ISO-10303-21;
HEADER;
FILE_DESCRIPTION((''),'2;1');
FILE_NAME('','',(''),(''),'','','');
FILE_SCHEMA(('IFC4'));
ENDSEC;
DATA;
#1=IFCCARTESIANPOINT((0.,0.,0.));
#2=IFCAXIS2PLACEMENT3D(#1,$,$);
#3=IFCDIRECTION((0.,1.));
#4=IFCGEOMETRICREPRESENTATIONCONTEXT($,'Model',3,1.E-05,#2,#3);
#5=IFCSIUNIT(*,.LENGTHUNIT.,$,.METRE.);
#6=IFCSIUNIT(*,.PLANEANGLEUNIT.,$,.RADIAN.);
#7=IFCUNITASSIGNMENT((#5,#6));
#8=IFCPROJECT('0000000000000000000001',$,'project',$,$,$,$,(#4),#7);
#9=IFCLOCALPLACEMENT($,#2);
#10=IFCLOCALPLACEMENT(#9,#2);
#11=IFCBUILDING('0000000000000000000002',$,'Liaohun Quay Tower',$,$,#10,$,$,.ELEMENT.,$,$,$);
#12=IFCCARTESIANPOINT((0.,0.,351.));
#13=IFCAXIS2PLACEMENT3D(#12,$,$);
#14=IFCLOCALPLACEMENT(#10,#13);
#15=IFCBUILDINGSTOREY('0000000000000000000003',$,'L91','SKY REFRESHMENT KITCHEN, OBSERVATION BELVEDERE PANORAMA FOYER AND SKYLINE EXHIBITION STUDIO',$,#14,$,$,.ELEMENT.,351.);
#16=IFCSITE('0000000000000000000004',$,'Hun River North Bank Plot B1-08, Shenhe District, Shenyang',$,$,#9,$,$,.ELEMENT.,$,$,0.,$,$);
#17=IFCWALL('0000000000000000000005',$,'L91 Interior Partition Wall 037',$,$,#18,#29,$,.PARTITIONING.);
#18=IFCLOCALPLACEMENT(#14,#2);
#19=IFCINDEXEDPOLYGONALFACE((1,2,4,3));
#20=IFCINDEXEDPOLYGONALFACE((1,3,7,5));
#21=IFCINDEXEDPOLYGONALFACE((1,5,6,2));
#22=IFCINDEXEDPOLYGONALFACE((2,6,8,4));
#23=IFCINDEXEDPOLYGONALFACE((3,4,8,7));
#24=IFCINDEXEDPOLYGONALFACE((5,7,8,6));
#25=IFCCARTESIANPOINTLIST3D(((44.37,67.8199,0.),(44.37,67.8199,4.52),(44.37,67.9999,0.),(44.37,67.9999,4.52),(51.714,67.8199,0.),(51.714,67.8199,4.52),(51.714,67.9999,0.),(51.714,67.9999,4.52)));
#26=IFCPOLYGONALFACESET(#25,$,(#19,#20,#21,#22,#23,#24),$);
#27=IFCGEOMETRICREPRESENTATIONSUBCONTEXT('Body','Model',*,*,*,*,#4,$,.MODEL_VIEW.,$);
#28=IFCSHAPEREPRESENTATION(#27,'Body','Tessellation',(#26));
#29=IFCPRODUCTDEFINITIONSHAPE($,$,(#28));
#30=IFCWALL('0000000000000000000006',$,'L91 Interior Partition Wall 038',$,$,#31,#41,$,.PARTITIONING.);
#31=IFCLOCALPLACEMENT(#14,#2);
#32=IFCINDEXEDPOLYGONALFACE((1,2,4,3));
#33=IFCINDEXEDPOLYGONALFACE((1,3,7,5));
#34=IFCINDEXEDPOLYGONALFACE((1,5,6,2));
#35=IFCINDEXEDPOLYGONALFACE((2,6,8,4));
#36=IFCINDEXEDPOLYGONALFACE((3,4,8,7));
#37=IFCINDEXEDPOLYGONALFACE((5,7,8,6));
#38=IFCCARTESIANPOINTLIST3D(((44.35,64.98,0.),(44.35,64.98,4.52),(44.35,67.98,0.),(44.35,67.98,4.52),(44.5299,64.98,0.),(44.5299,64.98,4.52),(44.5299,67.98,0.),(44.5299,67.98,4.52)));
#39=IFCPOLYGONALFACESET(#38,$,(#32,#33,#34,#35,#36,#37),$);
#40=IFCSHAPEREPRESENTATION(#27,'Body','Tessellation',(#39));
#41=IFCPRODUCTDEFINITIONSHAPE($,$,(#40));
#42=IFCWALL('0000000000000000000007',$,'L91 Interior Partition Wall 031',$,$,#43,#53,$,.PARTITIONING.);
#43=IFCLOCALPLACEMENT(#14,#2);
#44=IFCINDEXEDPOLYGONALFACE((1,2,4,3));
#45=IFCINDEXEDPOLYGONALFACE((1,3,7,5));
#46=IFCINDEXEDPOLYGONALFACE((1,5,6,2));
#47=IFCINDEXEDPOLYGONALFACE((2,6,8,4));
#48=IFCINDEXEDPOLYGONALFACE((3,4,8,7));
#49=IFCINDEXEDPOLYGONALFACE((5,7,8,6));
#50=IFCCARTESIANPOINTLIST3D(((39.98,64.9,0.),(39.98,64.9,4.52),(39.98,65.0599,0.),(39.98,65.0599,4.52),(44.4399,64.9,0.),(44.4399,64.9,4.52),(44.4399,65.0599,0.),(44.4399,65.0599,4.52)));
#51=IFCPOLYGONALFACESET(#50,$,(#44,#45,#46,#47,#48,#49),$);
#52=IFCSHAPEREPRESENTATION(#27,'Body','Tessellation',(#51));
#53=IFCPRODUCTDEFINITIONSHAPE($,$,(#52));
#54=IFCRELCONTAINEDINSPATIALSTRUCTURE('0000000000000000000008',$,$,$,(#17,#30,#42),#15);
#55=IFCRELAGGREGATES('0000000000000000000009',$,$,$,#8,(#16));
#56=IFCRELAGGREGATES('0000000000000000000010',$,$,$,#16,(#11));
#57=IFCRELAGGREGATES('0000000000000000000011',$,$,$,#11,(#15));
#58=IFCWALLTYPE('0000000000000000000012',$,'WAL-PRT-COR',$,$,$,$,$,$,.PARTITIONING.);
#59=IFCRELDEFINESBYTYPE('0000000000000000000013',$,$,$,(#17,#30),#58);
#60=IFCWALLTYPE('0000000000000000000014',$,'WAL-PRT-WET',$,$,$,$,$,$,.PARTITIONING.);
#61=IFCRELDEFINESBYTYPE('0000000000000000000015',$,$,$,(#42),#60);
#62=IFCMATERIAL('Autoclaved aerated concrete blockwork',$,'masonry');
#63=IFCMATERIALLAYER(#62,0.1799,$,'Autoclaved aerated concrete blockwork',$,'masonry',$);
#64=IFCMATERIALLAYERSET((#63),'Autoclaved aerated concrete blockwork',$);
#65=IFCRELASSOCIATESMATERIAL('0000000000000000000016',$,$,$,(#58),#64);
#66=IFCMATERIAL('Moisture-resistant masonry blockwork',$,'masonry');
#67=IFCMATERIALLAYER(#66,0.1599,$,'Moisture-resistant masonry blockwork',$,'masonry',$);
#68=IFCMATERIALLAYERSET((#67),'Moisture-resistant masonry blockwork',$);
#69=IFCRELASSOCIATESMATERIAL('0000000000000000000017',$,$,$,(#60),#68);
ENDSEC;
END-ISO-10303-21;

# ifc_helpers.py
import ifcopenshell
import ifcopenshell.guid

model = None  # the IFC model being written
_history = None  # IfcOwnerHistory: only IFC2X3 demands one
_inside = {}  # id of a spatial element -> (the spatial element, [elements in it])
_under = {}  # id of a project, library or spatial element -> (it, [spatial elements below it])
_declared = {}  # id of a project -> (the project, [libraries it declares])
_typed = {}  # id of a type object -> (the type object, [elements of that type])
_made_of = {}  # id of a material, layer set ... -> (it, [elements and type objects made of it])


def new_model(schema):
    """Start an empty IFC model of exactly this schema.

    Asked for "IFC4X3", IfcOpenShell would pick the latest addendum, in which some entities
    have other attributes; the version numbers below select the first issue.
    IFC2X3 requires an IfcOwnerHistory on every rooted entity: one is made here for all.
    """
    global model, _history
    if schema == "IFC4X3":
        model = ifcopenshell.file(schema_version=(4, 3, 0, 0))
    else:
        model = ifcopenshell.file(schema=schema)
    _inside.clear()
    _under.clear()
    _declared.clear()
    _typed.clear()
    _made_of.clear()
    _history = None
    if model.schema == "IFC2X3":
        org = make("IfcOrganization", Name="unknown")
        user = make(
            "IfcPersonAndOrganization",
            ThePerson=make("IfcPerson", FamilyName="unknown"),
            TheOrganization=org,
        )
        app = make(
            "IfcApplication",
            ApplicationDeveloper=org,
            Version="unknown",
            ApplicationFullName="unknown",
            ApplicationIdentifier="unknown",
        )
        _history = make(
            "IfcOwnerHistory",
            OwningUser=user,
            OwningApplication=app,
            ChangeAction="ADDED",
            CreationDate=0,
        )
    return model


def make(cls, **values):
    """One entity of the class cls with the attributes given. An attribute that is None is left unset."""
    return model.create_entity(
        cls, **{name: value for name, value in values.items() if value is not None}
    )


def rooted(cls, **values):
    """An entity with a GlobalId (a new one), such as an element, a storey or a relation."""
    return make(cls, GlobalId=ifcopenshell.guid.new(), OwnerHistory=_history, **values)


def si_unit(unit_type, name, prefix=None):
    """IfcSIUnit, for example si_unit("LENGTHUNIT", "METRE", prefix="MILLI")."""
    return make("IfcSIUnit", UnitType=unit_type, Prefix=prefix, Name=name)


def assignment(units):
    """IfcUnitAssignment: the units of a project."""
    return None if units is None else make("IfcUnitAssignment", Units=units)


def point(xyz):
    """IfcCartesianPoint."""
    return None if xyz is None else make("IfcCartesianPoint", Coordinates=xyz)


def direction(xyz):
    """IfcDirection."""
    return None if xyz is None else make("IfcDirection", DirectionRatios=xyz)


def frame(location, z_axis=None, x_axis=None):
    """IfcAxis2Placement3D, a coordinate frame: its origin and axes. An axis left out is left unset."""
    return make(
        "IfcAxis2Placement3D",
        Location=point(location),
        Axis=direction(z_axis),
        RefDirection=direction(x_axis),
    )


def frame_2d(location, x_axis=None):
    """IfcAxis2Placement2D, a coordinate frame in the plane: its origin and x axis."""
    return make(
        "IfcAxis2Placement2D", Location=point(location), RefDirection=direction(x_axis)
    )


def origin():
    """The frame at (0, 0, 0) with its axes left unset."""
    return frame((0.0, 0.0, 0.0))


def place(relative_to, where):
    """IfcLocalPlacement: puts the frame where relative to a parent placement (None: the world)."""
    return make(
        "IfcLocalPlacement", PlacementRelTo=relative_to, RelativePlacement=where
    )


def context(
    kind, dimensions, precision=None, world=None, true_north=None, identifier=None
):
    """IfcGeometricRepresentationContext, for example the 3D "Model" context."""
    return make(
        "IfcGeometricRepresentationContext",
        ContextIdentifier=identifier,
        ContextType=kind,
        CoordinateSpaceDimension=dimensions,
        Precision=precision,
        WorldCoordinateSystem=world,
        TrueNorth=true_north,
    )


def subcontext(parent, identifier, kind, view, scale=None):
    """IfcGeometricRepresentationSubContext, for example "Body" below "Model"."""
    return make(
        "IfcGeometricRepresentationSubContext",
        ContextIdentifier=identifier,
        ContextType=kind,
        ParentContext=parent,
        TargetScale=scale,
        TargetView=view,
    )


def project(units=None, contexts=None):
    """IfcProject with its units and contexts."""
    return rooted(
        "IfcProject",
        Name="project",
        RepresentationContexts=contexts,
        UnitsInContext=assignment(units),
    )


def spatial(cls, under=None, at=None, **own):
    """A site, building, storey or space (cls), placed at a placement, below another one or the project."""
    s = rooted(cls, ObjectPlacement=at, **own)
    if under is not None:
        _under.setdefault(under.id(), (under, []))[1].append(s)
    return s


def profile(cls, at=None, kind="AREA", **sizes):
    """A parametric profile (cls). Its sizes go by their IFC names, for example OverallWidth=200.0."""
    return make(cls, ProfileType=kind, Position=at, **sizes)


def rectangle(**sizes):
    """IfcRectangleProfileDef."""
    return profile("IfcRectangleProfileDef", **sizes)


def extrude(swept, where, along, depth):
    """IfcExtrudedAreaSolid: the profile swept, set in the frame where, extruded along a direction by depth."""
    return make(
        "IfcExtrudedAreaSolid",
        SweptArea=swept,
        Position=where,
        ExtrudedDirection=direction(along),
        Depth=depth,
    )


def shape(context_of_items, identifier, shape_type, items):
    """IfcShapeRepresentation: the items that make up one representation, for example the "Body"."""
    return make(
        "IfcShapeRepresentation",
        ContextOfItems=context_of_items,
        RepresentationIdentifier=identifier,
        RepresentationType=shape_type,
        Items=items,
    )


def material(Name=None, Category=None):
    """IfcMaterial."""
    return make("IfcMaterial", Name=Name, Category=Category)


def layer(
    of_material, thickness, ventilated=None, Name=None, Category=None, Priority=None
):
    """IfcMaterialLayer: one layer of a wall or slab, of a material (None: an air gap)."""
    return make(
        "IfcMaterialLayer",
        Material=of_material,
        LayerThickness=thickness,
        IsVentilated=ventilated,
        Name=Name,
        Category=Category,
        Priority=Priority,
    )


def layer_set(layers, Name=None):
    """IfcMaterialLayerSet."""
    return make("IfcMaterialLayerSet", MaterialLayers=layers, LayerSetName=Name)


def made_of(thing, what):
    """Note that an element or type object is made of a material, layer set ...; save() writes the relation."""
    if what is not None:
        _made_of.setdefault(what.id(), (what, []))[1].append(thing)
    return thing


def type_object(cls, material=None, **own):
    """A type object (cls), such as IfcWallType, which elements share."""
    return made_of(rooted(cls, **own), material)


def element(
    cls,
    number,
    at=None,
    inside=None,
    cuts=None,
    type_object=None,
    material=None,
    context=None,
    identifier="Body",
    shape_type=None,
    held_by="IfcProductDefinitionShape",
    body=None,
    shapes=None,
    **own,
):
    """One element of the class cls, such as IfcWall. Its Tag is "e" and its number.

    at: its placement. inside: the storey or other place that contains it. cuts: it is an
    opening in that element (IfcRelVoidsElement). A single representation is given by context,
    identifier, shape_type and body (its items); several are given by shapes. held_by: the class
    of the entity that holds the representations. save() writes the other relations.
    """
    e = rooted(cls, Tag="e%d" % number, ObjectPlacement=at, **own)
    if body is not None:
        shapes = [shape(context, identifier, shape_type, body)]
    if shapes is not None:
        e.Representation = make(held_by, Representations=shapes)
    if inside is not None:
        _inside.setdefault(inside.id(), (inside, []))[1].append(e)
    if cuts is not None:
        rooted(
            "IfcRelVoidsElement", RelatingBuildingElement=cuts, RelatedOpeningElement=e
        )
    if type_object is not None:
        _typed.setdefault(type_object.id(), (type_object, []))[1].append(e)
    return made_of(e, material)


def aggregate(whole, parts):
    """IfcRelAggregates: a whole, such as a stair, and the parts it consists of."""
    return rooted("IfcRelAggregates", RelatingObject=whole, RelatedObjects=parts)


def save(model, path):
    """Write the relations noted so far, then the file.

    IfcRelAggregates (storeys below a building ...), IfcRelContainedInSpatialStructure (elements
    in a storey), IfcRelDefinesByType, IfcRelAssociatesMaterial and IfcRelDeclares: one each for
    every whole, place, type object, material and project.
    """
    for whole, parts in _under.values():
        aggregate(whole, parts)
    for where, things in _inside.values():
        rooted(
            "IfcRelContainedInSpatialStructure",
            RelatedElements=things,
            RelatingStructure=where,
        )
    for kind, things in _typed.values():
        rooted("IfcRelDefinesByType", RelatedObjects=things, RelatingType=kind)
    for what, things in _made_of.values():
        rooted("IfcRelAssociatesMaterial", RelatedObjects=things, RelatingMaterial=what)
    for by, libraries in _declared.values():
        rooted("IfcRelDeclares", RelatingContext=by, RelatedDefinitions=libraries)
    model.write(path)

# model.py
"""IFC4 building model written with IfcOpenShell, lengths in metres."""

from ifc_helpers import new_model, si_unit, direction, frame, frame_2d, origin, place, context, subcontext, project, spatial, rectangle, extrude, material, layer, layer_set, type_object, element, save


model = new_model("IFC4")

# Units and contexts
model_context = context("Model", 3, precision=1e-05, world=origin(), true_north=direction((0.0, 1.0)))
body_context = subcontext(model_context, "Body", "Model", "MODEL_VIEW")
ifc_project = project(units=[si_unit("LENGTHUNIT", "METRE"), si_unit("PLANEANGLEUNIT", "RADIAN")], contexts=[model_context])

# Site, building, storey
site_placement = place(None, origin())
site = spatial("IfcSite", under=ifc_project, at=site_placement, Name="Hun River North Bank Plot B1-08, Shenhe District, Shenyang", CompositionType="ELEMENT", RefElevation=0.0)
building_placement = place(site_placement, origin())
building = spatial("IfcBuilding", under=site, at=building_placement, Name="Liaohun Quay Tower", CompositionType="ELEMENT")
storey_placement = place(building_placement, frame((0.0, 0.0, 351.0)))
storey = spatial("IfcBuildingStorey", under=building, at=storey_placement, Name="L91", Description="SKY REFRESHMENT KITCHEN, OBSERVATION BELVEDERE PANORAMA FOYER AND SKYLINE EXHIBITION STUDIO", CompositionType="ELEMENT", Elevation=351.0)

# Walls
ifc_material_1 = material(Name="Autoclaved aerated concrete blockwork", Category="masonry")
ifc_layer_1 = layer(ifc_material_1, 0.1799, Name="Autoclaved aerated concrete blockwork", Category="masonry")
ifc_layer_set_1 = layer_set([ifc_layer_1], Name="Autoclaved aerated concrete blockwork")
wall_type_1 = type_object("IfcWallType", Name="WAL-PRT-COR", PredefinedType="PARTITIONING", material=ifc_layer_set_1)
wall_1_placement = place(storey_placement, frame((44.3701, 67.9099, 0.0), z_axis=(0.0, 0.0, 1.0), x_axis=(1.0, 0.0, 0.0)))
element("IfcWall", 1, at=wall_1_placement, inside=storey, type_object=wall_type_1, Name="L91 Interior Partition Wall 037", PredefinedType="PARTITIONING", context=body_context, shape_type="SweptSolid", body=[
    extrude(rectangle(XDim=7.344, YDim=0.1799, at=frame_2d((3.6719, 0.0))), origin(), (0.0, 0.0, 1.0), 4.52),
])
wall_2_placement = place(storey_placement, frame((44.4399, 64.98, 0.0), z_axis=(0.0, 0.0, 1.0), x_axis=(0.0, 1.0, 0.0)))
element("IfcWall", 2, at=wall_2_placement, inside=storey, type_object=wall_type_1, Name="L91 Interior Partition Wall 038", PredefinedType="PARTITIONING", context=body_context, shape_type="SweptSolid", body=[
    extrude(rectangle(XDim=3.0, YDim=0.1799, at=frame_2d((1.5, 0.0))), origin(), (0.0, 0.0, 1.0), 4.52),
])

# Shared definitions
ifc_material_2 = material(Name="Moisture-resistant masonry blockwork", Category="masonry")
ifc_layer_2 = layer(ifc_material_2, 0.1599, Name="Moisture-resistant masonry blockwork", Category="masonry")
ifc_layer_set_2 = layer_set([ifc_layer_2], Name="Moisture-resistant masonry blockwork")
wall_type_2 = type_object("IfcWallType", Name="WAL-PRT-WET", PredefinedType="PARTITIONING", material=ifc_layer_set_2)

# Wall
wall_3_placement = place(storey_placement, frame((39.98, 64.98, 0.0), z_axis=(0.0, 0.0, 1.0), x_axis=(1.0, 0.0, 0.0)))
element("IfcWall", 3, at=wall_3_placement, inside=storey, type_object=wall_type_2, Name="L91 Interior Partition Wall 031", PredefinedType="PARTITIONING", context=body_context, shape_type="SweptSolid", body=[
    extrude(rectangle(XDim=4.46, YDim=0.1599, at=frame_2d((2.23, 0.0))), origin(), (0.0, 0.0, 1.0), 4.52),
])

save(model, "model.ifc")
